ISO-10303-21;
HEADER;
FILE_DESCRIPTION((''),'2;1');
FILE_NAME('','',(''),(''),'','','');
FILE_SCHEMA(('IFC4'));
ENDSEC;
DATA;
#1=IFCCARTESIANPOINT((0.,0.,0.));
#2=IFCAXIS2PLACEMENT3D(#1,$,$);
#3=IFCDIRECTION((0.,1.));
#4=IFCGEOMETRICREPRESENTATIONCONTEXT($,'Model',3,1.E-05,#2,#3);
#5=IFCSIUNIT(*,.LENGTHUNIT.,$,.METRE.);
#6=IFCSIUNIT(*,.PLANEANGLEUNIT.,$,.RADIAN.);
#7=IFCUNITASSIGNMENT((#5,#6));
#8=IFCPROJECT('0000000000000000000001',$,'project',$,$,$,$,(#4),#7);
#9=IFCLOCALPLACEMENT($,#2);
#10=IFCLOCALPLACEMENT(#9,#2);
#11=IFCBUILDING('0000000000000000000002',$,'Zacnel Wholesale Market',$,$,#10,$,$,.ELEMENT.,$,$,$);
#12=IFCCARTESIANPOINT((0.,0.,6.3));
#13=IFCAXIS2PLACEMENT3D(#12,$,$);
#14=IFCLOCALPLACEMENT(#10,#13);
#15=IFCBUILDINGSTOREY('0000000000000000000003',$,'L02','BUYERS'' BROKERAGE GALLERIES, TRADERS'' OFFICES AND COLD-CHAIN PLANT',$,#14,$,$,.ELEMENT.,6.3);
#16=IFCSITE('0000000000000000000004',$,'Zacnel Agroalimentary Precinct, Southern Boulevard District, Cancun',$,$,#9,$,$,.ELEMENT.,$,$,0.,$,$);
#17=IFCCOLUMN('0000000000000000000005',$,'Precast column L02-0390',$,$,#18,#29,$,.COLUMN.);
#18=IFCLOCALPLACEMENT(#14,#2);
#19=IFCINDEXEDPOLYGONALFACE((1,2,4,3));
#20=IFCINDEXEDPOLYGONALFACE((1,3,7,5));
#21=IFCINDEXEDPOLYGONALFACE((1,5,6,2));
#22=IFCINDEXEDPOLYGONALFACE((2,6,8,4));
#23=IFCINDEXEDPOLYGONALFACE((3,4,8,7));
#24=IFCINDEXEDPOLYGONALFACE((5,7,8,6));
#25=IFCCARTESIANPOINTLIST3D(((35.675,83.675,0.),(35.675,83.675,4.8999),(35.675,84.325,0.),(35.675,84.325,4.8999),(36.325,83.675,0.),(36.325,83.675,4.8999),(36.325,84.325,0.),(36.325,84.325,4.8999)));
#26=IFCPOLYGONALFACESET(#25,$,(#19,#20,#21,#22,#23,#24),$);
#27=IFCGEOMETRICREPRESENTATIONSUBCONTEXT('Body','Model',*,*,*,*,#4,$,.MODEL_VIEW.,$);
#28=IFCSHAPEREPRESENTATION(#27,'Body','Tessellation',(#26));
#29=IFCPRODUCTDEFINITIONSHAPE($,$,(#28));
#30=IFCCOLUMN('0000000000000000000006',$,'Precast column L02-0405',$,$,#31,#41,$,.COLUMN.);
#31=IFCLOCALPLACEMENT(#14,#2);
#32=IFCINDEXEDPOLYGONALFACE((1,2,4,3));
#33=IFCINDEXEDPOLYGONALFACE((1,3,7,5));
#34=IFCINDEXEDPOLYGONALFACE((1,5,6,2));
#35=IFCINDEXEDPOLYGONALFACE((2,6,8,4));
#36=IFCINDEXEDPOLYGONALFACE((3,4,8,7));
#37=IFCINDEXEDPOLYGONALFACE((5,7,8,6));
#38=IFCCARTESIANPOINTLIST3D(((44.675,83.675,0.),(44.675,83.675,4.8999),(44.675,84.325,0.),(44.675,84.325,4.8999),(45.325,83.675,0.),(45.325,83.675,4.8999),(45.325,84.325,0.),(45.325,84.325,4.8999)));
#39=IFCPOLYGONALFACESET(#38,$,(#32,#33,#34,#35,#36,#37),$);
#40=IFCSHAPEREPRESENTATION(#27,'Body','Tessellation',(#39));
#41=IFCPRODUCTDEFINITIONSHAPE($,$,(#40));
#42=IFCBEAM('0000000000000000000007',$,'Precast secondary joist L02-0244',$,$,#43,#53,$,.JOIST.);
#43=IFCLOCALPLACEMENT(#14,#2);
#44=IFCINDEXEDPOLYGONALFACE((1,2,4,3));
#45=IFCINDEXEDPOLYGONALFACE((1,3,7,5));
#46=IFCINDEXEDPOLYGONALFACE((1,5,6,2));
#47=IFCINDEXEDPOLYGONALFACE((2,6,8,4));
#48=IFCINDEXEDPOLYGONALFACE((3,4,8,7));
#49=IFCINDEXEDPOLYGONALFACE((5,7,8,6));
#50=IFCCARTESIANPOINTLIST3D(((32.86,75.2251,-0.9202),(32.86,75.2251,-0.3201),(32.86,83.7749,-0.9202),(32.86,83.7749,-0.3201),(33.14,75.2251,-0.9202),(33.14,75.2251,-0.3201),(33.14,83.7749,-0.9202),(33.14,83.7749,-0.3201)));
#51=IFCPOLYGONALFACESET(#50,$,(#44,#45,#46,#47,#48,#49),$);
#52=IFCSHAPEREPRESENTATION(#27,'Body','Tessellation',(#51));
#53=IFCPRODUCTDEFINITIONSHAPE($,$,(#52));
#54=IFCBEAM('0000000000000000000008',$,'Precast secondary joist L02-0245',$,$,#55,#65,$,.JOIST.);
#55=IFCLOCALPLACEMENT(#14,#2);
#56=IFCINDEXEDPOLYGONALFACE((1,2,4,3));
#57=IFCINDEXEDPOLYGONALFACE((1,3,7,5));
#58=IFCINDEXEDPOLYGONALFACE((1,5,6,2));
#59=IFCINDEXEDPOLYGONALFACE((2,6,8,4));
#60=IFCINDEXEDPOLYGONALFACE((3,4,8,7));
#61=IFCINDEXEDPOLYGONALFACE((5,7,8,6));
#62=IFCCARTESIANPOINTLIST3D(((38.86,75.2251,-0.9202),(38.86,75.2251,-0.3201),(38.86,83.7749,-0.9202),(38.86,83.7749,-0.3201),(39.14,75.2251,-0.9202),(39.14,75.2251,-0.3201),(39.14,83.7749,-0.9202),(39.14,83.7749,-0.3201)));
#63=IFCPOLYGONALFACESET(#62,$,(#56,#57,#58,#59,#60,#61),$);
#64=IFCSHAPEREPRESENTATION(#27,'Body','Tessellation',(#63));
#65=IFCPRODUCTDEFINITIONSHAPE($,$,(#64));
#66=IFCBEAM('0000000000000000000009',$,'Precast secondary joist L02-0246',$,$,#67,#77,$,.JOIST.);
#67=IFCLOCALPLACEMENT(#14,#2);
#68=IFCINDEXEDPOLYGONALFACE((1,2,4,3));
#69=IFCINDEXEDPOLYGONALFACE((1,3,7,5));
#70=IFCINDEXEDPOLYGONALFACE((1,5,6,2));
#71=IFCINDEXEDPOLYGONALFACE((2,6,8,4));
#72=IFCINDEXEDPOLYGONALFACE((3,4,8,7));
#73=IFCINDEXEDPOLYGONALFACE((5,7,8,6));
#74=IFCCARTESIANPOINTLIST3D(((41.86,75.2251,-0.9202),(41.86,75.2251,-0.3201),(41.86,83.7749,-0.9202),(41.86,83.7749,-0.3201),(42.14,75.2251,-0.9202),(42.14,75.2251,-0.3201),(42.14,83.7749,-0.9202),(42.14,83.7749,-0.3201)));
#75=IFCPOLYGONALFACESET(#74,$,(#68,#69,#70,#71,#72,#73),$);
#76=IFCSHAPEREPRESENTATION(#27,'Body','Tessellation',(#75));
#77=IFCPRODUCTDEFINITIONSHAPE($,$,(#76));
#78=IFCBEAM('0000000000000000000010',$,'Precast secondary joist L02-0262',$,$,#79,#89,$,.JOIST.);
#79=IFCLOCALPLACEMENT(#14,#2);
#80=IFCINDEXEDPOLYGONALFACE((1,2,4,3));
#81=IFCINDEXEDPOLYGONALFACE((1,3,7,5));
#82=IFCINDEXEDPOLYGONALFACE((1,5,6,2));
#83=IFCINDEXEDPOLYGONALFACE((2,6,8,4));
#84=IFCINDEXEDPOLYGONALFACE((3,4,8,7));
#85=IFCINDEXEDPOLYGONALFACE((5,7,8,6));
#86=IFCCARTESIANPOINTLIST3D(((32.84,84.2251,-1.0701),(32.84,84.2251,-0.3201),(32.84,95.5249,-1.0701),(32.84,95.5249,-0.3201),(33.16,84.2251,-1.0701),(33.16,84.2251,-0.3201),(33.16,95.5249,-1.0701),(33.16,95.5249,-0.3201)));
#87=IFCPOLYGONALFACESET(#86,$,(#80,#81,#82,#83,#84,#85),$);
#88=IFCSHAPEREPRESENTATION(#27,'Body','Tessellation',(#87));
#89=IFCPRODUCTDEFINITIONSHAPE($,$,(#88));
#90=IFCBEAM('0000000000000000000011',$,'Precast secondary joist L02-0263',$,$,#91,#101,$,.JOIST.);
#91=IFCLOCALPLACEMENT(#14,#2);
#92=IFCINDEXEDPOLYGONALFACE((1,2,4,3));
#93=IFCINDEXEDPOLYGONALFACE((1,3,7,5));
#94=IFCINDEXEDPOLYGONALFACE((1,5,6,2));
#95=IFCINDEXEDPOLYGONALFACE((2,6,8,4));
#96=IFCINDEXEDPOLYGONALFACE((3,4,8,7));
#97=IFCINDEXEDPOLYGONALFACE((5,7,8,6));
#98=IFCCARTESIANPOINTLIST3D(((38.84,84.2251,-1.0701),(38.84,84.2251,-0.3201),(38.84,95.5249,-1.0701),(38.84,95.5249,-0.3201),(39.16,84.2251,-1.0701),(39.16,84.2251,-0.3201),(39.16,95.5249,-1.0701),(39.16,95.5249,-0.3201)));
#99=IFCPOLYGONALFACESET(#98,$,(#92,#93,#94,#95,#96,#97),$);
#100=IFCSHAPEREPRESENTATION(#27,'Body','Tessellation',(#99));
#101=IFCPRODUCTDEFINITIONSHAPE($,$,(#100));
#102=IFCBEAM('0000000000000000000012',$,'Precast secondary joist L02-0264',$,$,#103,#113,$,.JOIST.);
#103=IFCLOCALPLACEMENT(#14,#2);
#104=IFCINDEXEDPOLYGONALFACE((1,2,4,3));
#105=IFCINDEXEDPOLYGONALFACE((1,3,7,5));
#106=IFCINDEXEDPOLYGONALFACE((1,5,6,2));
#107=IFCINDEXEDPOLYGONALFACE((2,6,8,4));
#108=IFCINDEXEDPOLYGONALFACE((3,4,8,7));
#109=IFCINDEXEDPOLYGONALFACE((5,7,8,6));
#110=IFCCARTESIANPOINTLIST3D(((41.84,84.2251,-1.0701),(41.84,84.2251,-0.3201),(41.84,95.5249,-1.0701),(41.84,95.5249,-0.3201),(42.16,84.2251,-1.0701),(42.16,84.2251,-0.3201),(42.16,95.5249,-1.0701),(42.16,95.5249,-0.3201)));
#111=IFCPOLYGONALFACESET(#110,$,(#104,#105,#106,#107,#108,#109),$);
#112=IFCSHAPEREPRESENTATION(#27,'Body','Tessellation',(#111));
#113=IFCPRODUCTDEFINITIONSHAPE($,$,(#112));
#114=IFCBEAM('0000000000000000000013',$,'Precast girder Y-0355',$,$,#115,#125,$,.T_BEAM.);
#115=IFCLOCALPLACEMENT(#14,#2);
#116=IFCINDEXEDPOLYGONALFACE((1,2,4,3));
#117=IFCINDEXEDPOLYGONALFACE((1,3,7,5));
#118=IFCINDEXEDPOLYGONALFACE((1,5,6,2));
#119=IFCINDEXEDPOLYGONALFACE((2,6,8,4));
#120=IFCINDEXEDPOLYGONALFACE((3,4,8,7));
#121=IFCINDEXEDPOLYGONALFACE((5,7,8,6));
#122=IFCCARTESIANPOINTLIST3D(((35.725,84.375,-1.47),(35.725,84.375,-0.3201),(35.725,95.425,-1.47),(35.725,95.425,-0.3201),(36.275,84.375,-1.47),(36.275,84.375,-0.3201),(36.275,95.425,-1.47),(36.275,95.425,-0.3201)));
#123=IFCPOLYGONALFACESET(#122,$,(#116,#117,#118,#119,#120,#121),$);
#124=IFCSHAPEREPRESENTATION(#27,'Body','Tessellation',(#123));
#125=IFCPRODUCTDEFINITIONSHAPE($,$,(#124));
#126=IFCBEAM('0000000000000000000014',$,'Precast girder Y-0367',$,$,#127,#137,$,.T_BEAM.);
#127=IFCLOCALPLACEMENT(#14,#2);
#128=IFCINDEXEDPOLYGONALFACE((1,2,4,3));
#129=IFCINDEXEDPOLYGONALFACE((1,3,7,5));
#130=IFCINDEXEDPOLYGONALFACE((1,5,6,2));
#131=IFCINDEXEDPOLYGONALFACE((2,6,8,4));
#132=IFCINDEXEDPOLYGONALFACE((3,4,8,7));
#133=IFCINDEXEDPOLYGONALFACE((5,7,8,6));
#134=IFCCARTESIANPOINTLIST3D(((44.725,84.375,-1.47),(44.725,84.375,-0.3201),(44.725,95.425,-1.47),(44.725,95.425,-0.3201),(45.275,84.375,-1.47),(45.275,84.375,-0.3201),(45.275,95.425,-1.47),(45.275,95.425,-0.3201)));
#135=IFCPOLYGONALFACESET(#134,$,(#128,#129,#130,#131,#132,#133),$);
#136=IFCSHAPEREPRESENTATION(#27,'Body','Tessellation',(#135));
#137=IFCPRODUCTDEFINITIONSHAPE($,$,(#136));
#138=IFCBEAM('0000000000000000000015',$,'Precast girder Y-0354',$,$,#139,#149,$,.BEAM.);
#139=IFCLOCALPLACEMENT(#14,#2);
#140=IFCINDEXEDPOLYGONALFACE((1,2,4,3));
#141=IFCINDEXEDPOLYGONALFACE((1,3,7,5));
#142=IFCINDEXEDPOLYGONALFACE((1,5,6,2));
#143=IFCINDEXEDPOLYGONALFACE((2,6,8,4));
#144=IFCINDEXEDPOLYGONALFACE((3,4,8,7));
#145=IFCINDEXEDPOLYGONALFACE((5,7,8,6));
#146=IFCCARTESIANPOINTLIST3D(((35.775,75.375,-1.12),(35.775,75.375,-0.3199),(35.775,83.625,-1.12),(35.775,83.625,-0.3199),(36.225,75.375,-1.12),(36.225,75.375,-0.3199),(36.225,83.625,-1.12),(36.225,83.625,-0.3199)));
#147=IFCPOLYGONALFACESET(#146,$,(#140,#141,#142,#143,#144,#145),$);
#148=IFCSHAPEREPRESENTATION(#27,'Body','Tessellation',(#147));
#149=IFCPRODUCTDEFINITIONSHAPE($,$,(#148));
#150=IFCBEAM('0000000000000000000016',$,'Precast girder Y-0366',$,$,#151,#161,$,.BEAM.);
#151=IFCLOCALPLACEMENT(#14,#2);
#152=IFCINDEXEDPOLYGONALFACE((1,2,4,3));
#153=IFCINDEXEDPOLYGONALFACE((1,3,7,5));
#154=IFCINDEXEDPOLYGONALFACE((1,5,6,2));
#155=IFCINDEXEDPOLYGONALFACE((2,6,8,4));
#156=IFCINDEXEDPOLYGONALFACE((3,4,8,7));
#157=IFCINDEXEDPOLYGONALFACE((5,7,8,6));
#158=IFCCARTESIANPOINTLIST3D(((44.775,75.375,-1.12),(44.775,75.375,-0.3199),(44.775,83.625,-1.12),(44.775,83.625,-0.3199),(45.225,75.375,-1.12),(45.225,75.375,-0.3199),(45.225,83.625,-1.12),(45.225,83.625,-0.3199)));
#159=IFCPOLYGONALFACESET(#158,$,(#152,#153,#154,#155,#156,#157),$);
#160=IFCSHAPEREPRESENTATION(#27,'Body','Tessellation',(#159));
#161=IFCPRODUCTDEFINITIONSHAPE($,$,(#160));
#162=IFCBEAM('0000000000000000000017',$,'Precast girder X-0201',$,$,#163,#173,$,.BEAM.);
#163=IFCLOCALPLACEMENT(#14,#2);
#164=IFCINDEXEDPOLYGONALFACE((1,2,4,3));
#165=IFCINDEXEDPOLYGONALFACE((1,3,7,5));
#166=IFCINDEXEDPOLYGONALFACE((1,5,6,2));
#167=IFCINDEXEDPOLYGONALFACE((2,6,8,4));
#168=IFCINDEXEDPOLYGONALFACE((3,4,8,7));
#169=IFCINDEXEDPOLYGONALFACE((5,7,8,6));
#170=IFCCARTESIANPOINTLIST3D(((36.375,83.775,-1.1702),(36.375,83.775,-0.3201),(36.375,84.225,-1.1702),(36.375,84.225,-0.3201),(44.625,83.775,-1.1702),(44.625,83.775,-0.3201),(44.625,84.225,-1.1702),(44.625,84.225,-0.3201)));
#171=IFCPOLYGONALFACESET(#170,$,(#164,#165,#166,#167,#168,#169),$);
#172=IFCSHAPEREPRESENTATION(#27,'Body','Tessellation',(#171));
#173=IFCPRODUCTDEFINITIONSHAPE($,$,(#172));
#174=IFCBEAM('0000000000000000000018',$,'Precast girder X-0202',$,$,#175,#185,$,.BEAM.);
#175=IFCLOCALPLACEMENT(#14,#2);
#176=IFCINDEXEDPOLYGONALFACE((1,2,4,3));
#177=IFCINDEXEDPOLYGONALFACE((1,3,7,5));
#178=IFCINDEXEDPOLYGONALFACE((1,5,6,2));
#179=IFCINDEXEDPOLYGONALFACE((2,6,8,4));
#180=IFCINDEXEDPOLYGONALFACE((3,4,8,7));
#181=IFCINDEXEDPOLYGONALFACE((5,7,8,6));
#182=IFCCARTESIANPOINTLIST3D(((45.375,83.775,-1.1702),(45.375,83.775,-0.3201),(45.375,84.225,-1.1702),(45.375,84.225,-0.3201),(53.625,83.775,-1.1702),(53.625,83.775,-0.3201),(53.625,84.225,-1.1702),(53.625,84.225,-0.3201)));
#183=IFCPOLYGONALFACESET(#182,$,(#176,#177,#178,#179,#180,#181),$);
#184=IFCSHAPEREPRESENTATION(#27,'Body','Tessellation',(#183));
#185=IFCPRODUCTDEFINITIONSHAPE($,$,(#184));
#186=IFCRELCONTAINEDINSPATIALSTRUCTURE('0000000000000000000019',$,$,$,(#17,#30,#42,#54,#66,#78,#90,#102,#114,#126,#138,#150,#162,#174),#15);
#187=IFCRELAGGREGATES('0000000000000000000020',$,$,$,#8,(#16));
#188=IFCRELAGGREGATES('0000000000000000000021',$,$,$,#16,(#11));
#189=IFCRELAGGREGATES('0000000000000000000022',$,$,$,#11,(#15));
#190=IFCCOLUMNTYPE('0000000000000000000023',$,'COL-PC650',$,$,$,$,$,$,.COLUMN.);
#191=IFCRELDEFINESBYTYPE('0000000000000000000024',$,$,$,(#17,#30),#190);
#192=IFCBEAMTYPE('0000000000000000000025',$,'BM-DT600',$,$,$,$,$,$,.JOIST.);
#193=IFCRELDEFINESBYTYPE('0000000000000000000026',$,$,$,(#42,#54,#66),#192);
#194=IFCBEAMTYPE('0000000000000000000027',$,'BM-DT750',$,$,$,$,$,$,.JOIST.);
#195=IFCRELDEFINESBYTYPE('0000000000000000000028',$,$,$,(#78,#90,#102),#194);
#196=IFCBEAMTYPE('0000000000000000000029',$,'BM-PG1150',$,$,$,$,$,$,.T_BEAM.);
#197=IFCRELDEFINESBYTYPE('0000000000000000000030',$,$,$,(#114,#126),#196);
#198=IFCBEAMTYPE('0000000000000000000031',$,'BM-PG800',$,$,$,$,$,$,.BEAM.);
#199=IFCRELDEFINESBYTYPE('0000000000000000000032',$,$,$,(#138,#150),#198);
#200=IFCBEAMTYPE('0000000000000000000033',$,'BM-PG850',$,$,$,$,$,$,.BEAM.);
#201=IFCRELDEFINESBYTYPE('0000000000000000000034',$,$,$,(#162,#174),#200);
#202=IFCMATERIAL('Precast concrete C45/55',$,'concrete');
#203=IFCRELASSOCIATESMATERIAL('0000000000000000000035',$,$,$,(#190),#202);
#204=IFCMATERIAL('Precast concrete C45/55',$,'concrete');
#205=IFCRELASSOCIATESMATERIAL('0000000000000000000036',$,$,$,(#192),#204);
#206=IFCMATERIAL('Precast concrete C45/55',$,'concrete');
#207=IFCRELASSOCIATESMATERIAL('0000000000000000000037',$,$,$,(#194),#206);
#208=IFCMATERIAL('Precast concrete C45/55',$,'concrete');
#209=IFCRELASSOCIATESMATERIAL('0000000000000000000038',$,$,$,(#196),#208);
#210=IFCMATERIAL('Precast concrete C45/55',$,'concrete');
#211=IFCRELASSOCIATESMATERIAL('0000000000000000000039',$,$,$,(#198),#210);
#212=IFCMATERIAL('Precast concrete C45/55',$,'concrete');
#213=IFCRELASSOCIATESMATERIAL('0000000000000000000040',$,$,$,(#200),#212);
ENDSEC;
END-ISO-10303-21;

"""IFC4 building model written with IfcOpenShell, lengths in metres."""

from ifc_helpers import new_model, si_unit, direction, frame, origin, origin_2d, place, context, subcontext, project, spatial, rectangle, extrude, material, material_profile, profile_set, type_object, element, save


model = new_model("IFC4")

# Units and contexts
model_context = context("Model", 3, precision=1e-05, world=origin(), true_north=direction((0.0, 1.0)))
body_context = subcontext(model_context, "Body", "Model", "MODEL_VIEW")
ifc_project = project(units=[si_unit("LENGTHUNIT", "METRE"), si_unit("PLANEANGLEUNIT", "RADIAN")], contexts=[model_context])

# Site, building, storey
site_placement = place(None, origin())
site = spatial("IfcSite", under=ifc_project, at=site_placement, Name="Zacnel Agroalimentary Precinct, Southern Boulevard District, Cancun", CompositionType="ELEMENT", RefElevation=0.0)
building_placement = place(site_placement, origin())
building = spatial("IfcBuilding", under=site, at=building_placement, Name="Zacnel Wholesale Market", CompositionType="ELEMENT")
storey_placement = place(building_placement, frame((0.0, 0.0, 6.3)))
storey = spatial("IfcBuildingStorey", under=building, at=storey_placement, Name="L02", Description="BUYERS' BROKERAGE GALLERIES, TRADERS' OFFICES AND COLD-CHAIN PLANT", CompositionType="ELEMENT", Elevation=6.3)

# Columns
ifc_material_1 = material(Name="Precast concrete C45/55", Category="concrete")
ifc_material_profile_1 = material_profile(ifc_material_1, rectangle(XDim=0.6499, YDim=0.6499, at=origin_2d()), Name="PC 650x650")
ifc_profile_set_1 = profile_set([ifc_material_profile_1], Name="Precast concrete C45/55")
column_type = type_object("IfcColumnType", Name="COL-PC650", PredefinedType="COLUMN", material=ifc_profile_set_1)
for number, where, z_axis, x_axis, name in (
    (1, (36.0, 84.0, 0.0), (0.0, 0.0, 1.0), (1.0, 0.0, 0.0), "Precast column L02-0390"),
    (2, (45.0, 84.0, 0.0), (0.0, 0.0, 1.0), (1.0, 0.0, 0.0), "Precast column L02-0405"),
):
    element("IfcColumn", number, at=place(storey_placement, frame(where, z_axis=z_axis, x_axis=x_axis)), inside=storey, type_object=column_type, Name=name, PredefinedType="COLUMN", context=body_context, shape_type="SweptSolid", body=[
        extrude(rectangle(XDim=0.6499, YDim=0.6499, at=origin_2d()), origin(), (0.0, 0.0, 1.0), 4.8999),
    ])

# Beams
ifc_material_2 = material(Name="Precast concrete C45/55", Category="concrete")
ifc_material_profile_2 = material_profile(ifc_material_2, rectangle(XDim=0.28, YDim=0.6001, at=origin_2d()), Name="DT RIB 280x600")
ifc_profile_set_2 = profile_set([ifc_material_profile_2], Name="Precast concrete C45/55")
beam_type_1 = type_object("IfcBeamType", Name="BM-DT600", PredefinedType="JOIST", material=ifc_profile_set_2)
for number, where, z_axis, x_axis, name in (
    (3, (33.0, 75.2251, -0.6201), (0.0, 1.0, 0.0), (-1.0, 0.0, 0.0), "Precast secondary joist L02-0244"),
    (4, (39.0, 75.2251, -0.6201), (0.0, 1.0, 0.0), (-1.0, 0.0, 0.0), "Precast secondary joist L02-0245"),
    (5, (42.0, 75.2251, -0.6201), (0.0, 1.0, 0.0), (-1.0, 0.0, 0.0), "Precast secondary joist L02-0246"),
):
    element("IfcBeam", number, at=place(storey_placement, frame(where, z_axis=z_axis, x_axis=x_axis)), inside=storey, type_object=beam_type_1, Name=name, PredefinedType="JOIST", context=body_context, shape_type="SweptSolid", body=[
        extrude(rectangle(XDim=0.28, YDim=0.6001, at=origin_2d()), origin(), (0.0, 0.0, 1.0), 8.5498),
    ])
ifc_material_3 = material(Name="Precast concrete C45/55", Category="concrete")
ifc_material_profile_3 = material_profile(ifc_material_3, rectangle(XDim=0.3201, YDim=0.75, at=origin_2d()), Name="DT RIB 320x750")
ifc_profile_set_3 = profile_set([ifc_material_profile_3], Name="Precast concrete C45/55")
beam_type_2 = type_object("IfcBeamType", Name="BM-DT750", PredefinedType="JOIST", material=ifc_profile_set_3)
for number, where, z_axis, x_axis, name in (
    (6, (33.0, 84.2251, -0.6951), (0.0, 1.0, 0.0), (-1.0, 0.0, 0.0), "Precast secondary joist L02-0262"),
    (7, (39.0, 84.2251, -0.6951), (0.0, 1.0, 0.0), (-1.0, 0.0, 0.0), "Precast secondary joist L02-0263"),
    (8, (42.0, 84.2251, -0.6951), (0.0, 1.0, 0.0), (-1.0, 0.0, 0.0), "Precast secondary joist L02-0264"),
):
    element("IfcBeam", number, at=place(storey_placement, frame(where, z_axis=z_axis, x_axis=x_axis)), inside=storey, type_object=beam_type_2, Name=name, PredefinedType="JOIST", context=body_context, shape_type="SweptSolid", body=[
        extrude(rectangle(XDim=0.3201, YDim=0.75, at=origin_2d()), origin(), (0.0, 0.0, 1.0), 11.2998),
    ])
ifc_material_4 = material(Name="Precast concrete C45/55", Category="concrete")
ifc_material_profile_4 = material_profile(ifc_material_4, rectangle(XDim=0.55, YDim=1.1499, at=origin_2d()), Name="PG 550x1150")
ifc_profile_set_4 = profile_set([ifc_material_profile_4], Name="Precast concrete C45/55")
beam_type_3 = type_object("IfcBeamType", Name="BM-PG1150", PredefinedType="T_BEAM", material=ifc_profile_set_4)
for number, where, z_axis, x_axis, name in (
    (9, (36.0, 84.375, -0.895), (0.0, 1.0, 0.0), (-1.0, 0.0, 0.0), "Precast girder Y-0355"),
    (10, (45.0, 84.375, -0.895), (0.0, 1.0, 0.0), (-1.0, 0.0, 0.0), "Precast girder Y-0367"),
):
    element("IfcBeam", number, at=place(storey_placement, frame(where, z_axis=z_axis, x_axis=x_axis)), inside=storey, type_object=beam_type_3, Name=name, PredefinedType="T_BEAM", context=body_context, shape_type="SweptSolid", body=[
        extrude(rectangle(XDim=0.55, YDim=1.1499, at=origin_2d()), origin(), (0.0, 0.0, 1.0), 11.05),
    ])
ifc_material_5 = material(Name="Precast concrete C45/55", Category="concrete")
ifc_material_profile_5 = material_profile(ifc_material_5, rectangle(XDim=0.45, YDim=0.8, at=origin_2d()), Name="PG 450x800")
ifc_profile_set_5 = profile_set([ifc_material_profile_5], Name="Precast concrete C45/55")
beam_type_4 = type_object("IfcBeamType", Name="BM-PG800", PredefinedType="BEAM", material=ifc_profile_set_5)
for number, where, z_axis, x_axis, name in (
    (11, (36.0, 75.375, -0.72), (0.0, 1.0, 0.0), (-1.0, 0.0, 0.0), "Precast girder Y-0354"),
    (12, (45.0, 75.375, -0.72), (0.0, 1.0, 0.0), (-1.0, 0.0, 0.0), "Precast girder Y-0366"),
):
    element("IfcBeam", number, at=place(storey_placement, frame(where, z_axis=z_axis, x_axis=x_axis)), inside=storey, type_object=beam_type_4, Name=name, PredefinedType="BEAM", context=body_context, shape_type="SweptSolid", body=[
        extrude(rectangle(XDim=0.45, YDim=0.8, at=origin_2d()), origin(), (0.0, 0.0, 1.0), 8.25),
    ])
ifc_material_6 = material(Name="Precast concrete C45/55", Category="concrete")
ifc_material_profile_6 = material_profile(ifc_material_6, rectangle(XDim=0.45, YDim=0.8501, at=origin_2d()), Name="PG 450x850")
ifc_profile_set_6 = profile_set([ifc_material_profile_6], Name="Precast concrete C45/55")
beam_type_5 = type_object("IfcBeamType", Name="BM-PG850", PredefinedType="BEAM", material=ifc_profile_set_6)
for number, where, z_axis, x_axis, name in (
    (13, (36.375, 84.0, -0.7451), (1.0, 0.0, 0.0), (0.0, 1.0, 0.0), "Precast girder X-0201"),
    (14, (45.375, 84.0, -0.7451), (1.0, 0.0, 0.0), (0.0, 1.0, 0.0), "Precast girder X-0202"),
):
    element("IfcBeam", number, at=place(storey_placement, frame(where, z_axis=z_axis, x_axis=x_axis)), inside=storey, type_object=beam_type_5, Name=name, PredefinedType="BEAM", context=body_context, shape_type="SweptSolid", body=[
        extrude(rectangle(XDim=0.45, YDim=0.8501, at=origin_2d()), origin(), (0.0, 0.0, 1.0), 8.25),
    ])

save(model, "model.ifc")
